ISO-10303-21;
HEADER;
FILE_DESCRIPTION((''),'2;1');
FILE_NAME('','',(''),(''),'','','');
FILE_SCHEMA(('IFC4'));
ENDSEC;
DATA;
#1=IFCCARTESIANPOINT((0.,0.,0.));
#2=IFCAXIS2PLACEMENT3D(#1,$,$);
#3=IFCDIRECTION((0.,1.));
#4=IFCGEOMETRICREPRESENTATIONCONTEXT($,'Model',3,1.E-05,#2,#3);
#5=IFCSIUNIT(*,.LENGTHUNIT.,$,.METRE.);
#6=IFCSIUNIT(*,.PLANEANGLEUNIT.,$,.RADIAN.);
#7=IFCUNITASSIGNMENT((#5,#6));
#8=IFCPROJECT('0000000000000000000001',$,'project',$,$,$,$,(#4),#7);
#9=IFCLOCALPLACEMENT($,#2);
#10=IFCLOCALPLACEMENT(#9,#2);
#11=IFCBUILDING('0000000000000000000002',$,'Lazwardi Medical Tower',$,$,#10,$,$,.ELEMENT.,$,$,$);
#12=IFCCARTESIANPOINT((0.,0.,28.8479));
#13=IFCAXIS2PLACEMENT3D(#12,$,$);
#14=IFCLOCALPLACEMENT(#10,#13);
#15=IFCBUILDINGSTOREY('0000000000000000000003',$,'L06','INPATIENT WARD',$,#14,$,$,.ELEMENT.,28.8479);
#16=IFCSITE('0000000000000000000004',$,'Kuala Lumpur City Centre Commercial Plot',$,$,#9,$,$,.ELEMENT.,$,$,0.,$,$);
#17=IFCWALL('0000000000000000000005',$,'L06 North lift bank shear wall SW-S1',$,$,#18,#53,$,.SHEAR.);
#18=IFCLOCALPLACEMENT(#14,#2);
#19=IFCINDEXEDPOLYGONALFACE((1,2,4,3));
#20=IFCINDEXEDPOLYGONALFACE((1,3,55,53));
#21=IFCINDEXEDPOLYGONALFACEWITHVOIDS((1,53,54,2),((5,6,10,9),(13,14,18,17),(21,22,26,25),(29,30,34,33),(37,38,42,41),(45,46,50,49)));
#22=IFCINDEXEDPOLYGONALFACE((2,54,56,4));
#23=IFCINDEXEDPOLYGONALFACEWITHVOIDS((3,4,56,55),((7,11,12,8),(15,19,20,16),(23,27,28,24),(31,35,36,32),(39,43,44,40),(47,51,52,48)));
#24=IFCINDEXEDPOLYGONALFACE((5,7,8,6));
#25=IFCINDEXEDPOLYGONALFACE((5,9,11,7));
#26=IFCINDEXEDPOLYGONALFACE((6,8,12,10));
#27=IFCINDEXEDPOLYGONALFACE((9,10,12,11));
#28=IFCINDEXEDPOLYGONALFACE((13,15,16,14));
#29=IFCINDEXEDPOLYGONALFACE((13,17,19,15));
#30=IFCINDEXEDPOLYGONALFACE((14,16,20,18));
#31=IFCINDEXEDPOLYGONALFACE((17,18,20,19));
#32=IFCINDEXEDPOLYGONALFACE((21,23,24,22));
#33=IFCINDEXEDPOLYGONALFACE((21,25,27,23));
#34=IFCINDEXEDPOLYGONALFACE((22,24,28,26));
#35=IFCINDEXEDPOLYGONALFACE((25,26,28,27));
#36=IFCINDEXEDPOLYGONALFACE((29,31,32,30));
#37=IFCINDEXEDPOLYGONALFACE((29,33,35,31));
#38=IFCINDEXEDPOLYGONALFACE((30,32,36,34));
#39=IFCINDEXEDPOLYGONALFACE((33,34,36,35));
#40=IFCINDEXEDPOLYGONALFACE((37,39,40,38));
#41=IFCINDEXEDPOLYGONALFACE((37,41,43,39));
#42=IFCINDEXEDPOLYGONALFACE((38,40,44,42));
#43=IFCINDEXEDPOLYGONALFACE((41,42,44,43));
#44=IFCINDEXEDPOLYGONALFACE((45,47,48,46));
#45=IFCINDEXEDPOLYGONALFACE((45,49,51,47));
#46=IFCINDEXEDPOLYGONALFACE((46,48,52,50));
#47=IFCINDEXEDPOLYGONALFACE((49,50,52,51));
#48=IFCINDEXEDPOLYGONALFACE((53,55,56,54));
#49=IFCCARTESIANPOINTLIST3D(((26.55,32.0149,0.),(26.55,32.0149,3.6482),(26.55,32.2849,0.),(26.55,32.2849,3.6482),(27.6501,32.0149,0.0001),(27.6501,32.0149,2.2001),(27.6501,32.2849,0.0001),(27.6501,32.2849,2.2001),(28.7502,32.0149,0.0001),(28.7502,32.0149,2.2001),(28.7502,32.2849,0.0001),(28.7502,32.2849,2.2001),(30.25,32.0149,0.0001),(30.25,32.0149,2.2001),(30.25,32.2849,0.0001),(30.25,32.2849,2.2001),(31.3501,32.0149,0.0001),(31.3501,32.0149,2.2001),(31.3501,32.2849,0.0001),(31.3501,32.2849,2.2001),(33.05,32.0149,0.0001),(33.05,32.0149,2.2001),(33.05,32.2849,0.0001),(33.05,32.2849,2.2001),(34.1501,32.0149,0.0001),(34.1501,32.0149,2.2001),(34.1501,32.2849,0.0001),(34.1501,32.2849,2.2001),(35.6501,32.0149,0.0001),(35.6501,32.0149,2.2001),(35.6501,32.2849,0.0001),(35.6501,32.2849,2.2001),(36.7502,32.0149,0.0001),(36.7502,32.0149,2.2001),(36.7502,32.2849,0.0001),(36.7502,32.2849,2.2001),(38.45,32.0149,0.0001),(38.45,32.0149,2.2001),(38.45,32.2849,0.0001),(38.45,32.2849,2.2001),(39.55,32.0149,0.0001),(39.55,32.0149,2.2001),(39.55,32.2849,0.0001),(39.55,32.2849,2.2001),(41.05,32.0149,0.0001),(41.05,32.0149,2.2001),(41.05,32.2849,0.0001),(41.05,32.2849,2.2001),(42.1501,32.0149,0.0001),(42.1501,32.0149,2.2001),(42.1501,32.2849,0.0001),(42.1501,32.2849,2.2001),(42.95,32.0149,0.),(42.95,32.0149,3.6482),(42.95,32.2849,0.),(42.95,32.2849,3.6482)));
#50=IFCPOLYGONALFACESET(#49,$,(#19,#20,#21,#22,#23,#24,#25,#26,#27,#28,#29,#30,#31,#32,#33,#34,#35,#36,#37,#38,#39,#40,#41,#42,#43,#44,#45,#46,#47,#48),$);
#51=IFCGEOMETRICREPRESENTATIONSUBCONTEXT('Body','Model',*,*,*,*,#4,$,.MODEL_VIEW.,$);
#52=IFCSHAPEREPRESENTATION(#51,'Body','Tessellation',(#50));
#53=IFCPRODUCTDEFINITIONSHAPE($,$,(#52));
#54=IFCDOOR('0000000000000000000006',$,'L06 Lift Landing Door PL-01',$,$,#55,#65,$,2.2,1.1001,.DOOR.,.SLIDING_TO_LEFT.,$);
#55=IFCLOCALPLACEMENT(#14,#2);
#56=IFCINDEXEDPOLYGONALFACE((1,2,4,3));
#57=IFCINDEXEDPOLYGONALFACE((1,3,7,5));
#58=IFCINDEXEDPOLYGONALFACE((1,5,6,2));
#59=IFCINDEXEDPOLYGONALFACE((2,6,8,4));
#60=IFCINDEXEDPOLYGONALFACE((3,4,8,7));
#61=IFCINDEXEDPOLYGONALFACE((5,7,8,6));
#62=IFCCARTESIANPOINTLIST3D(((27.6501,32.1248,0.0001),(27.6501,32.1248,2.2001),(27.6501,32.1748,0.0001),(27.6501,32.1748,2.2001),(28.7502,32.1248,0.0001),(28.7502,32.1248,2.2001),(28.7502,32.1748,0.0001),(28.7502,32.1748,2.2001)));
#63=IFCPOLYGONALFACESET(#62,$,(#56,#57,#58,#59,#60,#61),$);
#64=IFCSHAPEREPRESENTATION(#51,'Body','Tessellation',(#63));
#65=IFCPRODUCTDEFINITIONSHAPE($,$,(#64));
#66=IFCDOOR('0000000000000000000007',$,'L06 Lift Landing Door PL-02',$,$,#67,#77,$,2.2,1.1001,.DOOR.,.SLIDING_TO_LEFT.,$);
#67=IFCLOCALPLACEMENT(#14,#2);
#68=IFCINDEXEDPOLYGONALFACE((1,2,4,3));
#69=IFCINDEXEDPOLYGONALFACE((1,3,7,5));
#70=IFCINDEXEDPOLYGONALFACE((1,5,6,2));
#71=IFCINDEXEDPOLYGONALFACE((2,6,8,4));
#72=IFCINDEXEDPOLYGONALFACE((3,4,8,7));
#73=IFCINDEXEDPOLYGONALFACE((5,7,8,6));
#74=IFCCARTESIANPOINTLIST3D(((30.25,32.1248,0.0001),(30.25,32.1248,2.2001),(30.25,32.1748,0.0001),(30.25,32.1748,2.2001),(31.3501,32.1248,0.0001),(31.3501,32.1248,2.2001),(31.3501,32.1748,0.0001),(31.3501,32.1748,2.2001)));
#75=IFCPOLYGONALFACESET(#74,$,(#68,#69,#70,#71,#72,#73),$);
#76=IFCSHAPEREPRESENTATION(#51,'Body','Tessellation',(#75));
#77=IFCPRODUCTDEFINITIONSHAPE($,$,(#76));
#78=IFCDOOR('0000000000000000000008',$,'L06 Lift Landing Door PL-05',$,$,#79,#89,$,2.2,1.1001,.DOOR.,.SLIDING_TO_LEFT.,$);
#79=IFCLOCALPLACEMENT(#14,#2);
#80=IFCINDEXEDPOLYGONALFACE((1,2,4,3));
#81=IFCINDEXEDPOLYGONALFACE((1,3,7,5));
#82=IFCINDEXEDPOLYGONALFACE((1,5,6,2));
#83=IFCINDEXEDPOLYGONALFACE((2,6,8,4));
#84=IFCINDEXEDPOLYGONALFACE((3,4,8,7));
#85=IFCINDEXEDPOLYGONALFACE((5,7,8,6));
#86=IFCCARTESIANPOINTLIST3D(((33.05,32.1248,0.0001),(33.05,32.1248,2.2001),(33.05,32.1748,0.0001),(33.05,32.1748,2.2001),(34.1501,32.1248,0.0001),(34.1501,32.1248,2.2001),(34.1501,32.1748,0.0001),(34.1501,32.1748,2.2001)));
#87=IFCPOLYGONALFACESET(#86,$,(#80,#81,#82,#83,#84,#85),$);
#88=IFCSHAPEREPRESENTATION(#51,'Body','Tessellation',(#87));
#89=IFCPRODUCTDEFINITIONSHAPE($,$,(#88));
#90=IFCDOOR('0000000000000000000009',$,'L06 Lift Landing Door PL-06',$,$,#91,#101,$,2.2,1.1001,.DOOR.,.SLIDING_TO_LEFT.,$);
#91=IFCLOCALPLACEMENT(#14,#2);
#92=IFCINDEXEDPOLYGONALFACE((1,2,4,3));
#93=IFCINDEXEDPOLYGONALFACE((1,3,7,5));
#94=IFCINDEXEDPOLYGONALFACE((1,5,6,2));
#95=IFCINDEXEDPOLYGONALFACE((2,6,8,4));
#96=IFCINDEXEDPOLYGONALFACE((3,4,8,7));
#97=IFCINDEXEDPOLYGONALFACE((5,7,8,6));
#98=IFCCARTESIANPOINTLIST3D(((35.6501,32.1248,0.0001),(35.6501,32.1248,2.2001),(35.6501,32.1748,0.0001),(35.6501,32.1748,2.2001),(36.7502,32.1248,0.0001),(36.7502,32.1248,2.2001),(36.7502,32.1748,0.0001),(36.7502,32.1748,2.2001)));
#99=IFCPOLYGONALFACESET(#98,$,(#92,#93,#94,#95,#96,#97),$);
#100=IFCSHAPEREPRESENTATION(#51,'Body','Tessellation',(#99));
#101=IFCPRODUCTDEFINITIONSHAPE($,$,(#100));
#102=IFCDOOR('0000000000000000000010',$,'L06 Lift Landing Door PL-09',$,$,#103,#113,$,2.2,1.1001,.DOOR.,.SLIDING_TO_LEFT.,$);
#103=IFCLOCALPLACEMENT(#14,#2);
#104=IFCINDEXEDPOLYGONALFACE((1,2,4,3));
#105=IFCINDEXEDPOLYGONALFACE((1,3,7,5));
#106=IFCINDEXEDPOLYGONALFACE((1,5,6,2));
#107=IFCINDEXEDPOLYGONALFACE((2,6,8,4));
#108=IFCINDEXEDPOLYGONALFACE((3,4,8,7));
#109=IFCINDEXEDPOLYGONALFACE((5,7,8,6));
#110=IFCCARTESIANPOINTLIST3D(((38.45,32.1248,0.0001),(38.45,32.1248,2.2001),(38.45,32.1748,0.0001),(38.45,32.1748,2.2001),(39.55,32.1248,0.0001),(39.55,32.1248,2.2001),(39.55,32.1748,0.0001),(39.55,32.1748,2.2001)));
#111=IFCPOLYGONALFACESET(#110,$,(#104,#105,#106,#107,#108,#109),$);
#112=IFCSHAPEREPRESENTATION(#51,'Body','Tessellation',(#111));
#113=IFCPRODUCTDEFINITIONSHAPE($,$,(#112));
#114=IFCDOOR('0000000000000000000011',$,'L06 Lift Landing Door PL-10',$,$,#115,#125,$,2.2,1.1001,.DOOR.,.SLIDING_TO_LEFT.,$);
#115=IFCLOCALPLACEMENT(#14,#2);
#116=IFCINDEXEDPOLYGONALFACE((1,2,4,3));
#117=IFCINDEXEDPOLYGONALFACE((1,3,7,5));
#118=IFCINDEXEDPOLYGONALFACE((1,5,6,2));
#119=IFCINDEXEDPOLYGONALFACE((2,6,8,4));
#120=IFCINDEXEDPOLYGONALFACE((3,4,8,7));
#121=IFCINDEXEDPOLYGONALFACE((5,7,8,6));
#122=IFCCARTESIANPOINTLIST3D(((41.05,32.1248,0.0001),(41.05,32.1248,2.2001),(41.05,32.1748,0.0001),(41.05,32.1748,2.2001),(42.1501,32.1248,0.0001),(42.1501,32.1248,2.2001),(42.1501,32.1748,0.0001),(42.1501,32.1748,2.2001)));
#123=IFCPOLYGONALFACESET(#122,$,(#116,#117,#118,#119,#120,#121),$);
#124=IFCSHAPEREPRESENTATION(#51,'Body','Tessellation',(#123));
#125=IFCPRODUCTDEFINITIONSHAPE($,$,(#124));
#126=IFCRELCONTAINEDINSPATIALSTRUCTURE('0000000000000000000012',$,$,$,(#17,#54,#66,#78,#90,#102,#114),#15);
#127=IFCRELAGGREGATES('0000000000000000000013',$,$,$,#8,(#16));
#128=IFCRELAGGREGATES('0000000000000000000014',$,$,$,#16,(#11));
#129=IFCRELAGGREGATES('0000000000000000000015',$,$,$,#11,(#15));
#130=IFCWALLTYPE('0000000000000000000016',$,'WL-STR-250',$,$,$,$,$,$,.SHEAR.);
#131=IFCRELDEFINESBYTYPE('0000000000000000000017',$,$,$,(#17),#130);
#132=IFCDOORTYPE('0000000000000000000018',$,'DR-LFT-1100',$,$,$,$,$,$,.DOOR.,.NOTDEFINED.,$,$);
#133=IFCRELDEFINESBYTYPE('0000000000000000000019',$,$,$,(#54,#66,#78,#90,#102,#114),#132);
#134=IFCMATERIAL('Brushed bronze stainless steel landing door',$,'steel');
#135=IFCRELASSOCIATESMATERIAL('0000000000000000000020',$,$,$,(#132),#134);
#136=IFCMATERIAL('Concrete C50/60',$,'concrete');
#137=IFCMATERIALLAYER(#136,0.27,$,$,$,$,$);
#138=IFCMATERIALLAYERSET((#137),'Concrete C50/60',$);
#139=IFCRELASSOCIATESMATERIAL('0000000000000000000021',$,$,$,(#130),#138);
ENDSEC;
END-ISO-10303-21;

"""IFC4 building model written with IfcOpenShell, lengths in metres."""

from ifc_helpers import new_model, si_unit, direction, frame, frame_2d, origin, place, context, subcontext, project, spatial, rectangle, extrude, material, layer, layer_set, type_object, element, fill, save


model = new_model("IFC4")

# Units and contexts
model_context = context("Model", 3, precision=1e-05, world=origin(), true_north=direction((0.0, 1.0)))
body_context = subcontext(model_context, "Body", "Model", "MODEL_VIEW")
ifc_project = project(units=[si_unit("LENGTHUNIT", "METRE"), si_unit("PLANEANGLEUNIT", "RADIAN")], contexts=[model_context])

# Site, building, storey
site_placement = place(None, origin())
site = spatial("IfcSite", under=ifc_project, at=site_placement, Name="Kuala Lumpur City Centre Commercial Plot", CompositionType="ELEMENT", RefElevation=0.0)
building_placement = place(site_placement, origin())
building = spatial("IfcBuilding", under=site, at=building_placement, Name="Lazwardi Medical Tower", CompositionType="ELEMENT")
storey_placement = place(building_placement, frame((0.0, 0.0, 28.8479)))
storey = spatial("IfcBuildingStorey", under=building, at=storey_placement, Name="L06", Description="INPATIENT WARD", CompositionType="ELEMENT", Elevation=28.8479)

# Shared definitions
ifc_material_1 = material(Name="Brushed bronze stainless steel landing door", Category="steel")
door_type_1 = type_object("IfcDoorType", Name="DR-LFT-1100", OperationType="NOTDEFINED", PredefinedType="DOOR", material=ifc_material_1)

# Shared definitions
ifc_material_2 = material(Name="Concrete C50/60", Category="concrete")
ifc_layer_1 = layer(ifc_material_2, 0.27)
ifc_layer_set_1 = layer_set([ifc_layer_1], Name="Concrete C50/60")
wall_type_1 = type_object("IfcWallType", Name="WL-STR-250", PredefinedType="SHEAR", material=ifc_layer_set_1)

# Wall, openings, doors
wall_1_placement = place(storey_placement, frame((26.55, 32.1499, 0.0), z_axis=(0.0, 0.0, 1.0), x_axis=(1.0, 0.0, 0.0)))
wall_1 = element("IfcWall", 1, at=wall_1_placement, inside=storey, type_object=wall_type_1, Name="L06 North lift bank shear wall SW-S1", PredefinedType="SHEAR", context=body_context, shape_type="SweptSolid", body=[
    extrude(rectangle(XDim=16.3999, YDim=0.27, at=frame_2d((8.2, 0.0))), origin(), (0.0, 0.0, 1.0), 3.6482),
])
opening_1_placement = place(wall_1_placement, frame((1.1001, 0.0, 0.0)))
opening_1 = element("IfcOpeningElement", 2, at=opening_1_placement, cuts=wall_1, PredefinedType="OPENING", context=body_context, shape_type="SweptSolid", body=[
    extrude(rectangle(XDim=1.1001, YDim=2.2, at=frame_2d((0.55, 1.1001))), frame((0.0, 0.145, 0.0), z_axis=(0.0, -1.0, 0.0), x_axis=(1.0, 0.0, 0.0)), (0.0, 0.0, 1.0), 0.29),
])
opening_2_placement = place(wall_1_placement, frame((3.7, 0.0, 0.0)))
opening_2 = element("IfcOpeningElement", 3, at=opening_2_placement, cuts=wall_1, PredefinedType="OPENING", context=body_context, shape_type="SweptSolid", body=[
    extrude(rectangle(XDim=1.1001, YDim=2.2, at=frame_2d((0.55, 1.1001))), frame((0.0, 0.145, 0.0), z_axis=(0.0, -1.0, 0.0), x_axis=(1.0, 0.0, 0.0)), (0.0, 0.0, 1.0), 0.29),
])
opening_3_placement = place(wall_1_placement, frame((6.5, 0.0, 0.0)))
opening_3 = element("IfcOpeningElement", 4, at=opening_3_placement, cuts=wall_1, PredefinedType="OPENING", context=body_context, shape_type="SweptSolid", body=[
    extrude(rectangle(XDim=1.1001, YDim=2.2, at=frame_2d((0.55, 1.1001))), frame((0.0, 0.145, 0.0), z_axis=(0.0, -1.0, 0.0), x_axis=(1.0, 0.0, 0.0)), (0.0, 0.0, 1.0), 0.29),
])
opening_4_placement = place(wall_1_placement, frame((9.1001, 0.0, 0.0)))
opening_4 = element("IfcOpeningElement", 5, at=opening_4_placement, cuts=wall_1, PredefinedType="OPENING", context=body_context, shape_type="SweptSolid", body=[
    extrude(rectangle(XDim=1.1001, YDim=2.2, at=frame_2d((0.55, 1.1001))), frame((0.0, 0.145, 0.0), z_axis=(0.0, -1.0, 0.0), x_axis=(1.0, 0.0, 0.0)), (0.0, 0.0, 1.0), 0.29),
])
opening_5_placement = place(wall_1_placement, frame((11.8999, 0.0, 0.0)))
opening_5 = element("IfcOpeningElement", 6, at=opening_5_placement, cuts=wall_1, PredefinedType="OPENING", context=body_context, shape_type="SweptSolid", body=[
    extrude(rectangle(XDim=1.1001, YDim=2.2, at=frame_2d((0.55, 1.1001))), frame((0.0, 0.145, 0.0), z_axis=(0.0, -1.0, 0.0), x_axis=(1.0, 0.0, 0.0)), (0.0, 0.0, 1.0), 0.29),
])
opening_6_placement = place(wall_1_placement, frame((14.5, 0.0, 0.0)))
opening_6 = element("IfcOpeningElement", 7, at=opening_6_placement, cuts=wall_1, PredefinedType="OPENING", context=body_context, shape_type="SweptSolid", body=[
    extrude(rectangle(XDim=1.1001, YDim=2.2, at=frame_2d((0.55, 1.1001))), frame((0.0, 0.145, 0.0), z_axis=(0.0, -1.0, 0.0), x_axis=(1.0, 0.0, 0.0)), (0.0, 0.0, 1.0), 0.29),
])
door_1_placement = place(opening_1_placement, origin())
door_1 = element("IfcDoor", 8, at=door_1_placement, inside=storey, type_object=door_type_1, Name="L06 Lift Landing Door PL-01", OperationType="SLIDING_TO_LEFT", OverallHeight=2.2, OverallWidth=1.1001, PredefinedType="DOOR", context=body_context, shape_type="SweptSolid", body=[
    extrude(rectangle(XDim=1.1001, YDim=2.2, at=frame_2d((0.55, 1.1001))), frame((0.0, 0.0249, 0.0), z_axis=(0.0, -1.0, 0.0), x_axis=(1.0, 0.0, 0.0)), (0.0, 0.0, 1.0), 0.05),
])
fill(opening_1, door_1)
door_2_placement = place(opening_2_placement, origin())
door_2 = element("IfcDoor", 9, at=door_2_placement, inside=storey, type_object=door_type_1, Name="L06 Lift Landing Door PL-02", OperationType="SLIDING_TO_LEFT", OverallHeight=2.2, OverallWidth=1.1001, PredefinedType="DOOR", context=body_context, shape_type="SweptSolid", body=[
    extrude(rectangle(XDim=1.1001, YDim=2.2, at=frame_2d((0.55, 1.1001))), frame((0.0, 0.0249, 0.0), z_axis=(0.0, -1.0, 0.0), x_axis=(1.0, 0.0, 0.0)), (0.0, 0.0, 1.0), 0.05),
])
fill(opening_2, door_2)
door_3_placement = place(opening_3_placement, origin())
door_3 = element("IfcDoor", 10, at=door_3_placement, inside=storey, type_object=door_type_1, Name="L06 Lift Landing Door PL-05", OperationType="SLIDING_TO_LEFT", OverallHeight=2.2, OverallWidth=1.1001, PredefinedType="DOOR", context=body_context, shape_type="SweptSolid", body=[
    extrude(rectangle(XDim=1.1001, YDim=2.2, at=frame_2d((0.55, 1.1001))), frame((0.0, 0.0249, 0.0), z_axis=(0.0, -1.0, 0.0), x_axis=(1.0, 0.0, 0.0)), (0.0, 0.0, 1.0), 0.05),
])
fill(opening_3, door_3)
door_4_placement = place(opening_4_placement, origin())
door_4 = element("IfcDoor", 11, at=door_4_placement, inside=storey, type_object=door_type_1, Name="L06 Lift Landing Door PL-06", OperationType="SLIDING_TO_LEFT", OverallHeight=2.2, OverallWidth=1.1001, PredefinedType="DOOR", context=body_context, shape_type="SweptSolid", body=[
    extrude(rectangle(XDim=1.1001, YDim=2.2, at=frame_2d((0.55, 1.1001))), frame((0.0, 0.0249, 0.0), z_axis=(0.0, -1.0, 0.0), x_axis=(1.0, 0.0, 0.0)), (0.0, 0.0, 1.0), 0.05),
])
fill(opening_4, door_4)
door_5_placement = place(opening_5_placement, origin())
door_5 = element("IfcDoor", 12, at=door_5_placement, inside=storey, type_object=door_type_1, Name="L06 Lift Landing Door PL-09", OperationType="SLIDING_TO_LEFT", OverallHeight=2.2, OverallWidth=1.1001, PredefinedType="DOOR", context=body_context, shape_type="SweptSolid", body=[
    extrude(rectangle(XDim=1.1001, YDim=2.2, at=frame_2d((0.55, 1.1001))), frame((0.0, 0.0249, 0.0), z_axis=(0.0, -1.0, 0.0), x_axis=(1.0, 0.0, 0.0)), (0.0, 0.0, 1.0), 0.05),
])
fill(opening_5, door_5)
door_6_placement = place(opening_6_placement, origin())
door_6 = element("IfcDoor", 13, at=door_6_placement, inside=storey, type_object=door_type_1, Name="L06 Lift Landing Door PL-10", OperationType="SLIDING_TO_LEFT", OverallHeight=2.2, OverallWidth=1.1001, PredefinedType="DOOR", context=body_context, shape_type="SweptSolid", body=[
    extrude(rectangle(XDim=1.1001, YDim=2.2, at=frame_2d((0.55, 1.1001))), frame((0.0, 0.0249, 0.0), z_axis=(0.0, -1.0, 0.0), x_axis=(1.0, 0.0, 0.0)), (0.0, 0.0, 1.0), 0.05),
])
fill(opening_6, door_6)

save(model, "model.ifc")
